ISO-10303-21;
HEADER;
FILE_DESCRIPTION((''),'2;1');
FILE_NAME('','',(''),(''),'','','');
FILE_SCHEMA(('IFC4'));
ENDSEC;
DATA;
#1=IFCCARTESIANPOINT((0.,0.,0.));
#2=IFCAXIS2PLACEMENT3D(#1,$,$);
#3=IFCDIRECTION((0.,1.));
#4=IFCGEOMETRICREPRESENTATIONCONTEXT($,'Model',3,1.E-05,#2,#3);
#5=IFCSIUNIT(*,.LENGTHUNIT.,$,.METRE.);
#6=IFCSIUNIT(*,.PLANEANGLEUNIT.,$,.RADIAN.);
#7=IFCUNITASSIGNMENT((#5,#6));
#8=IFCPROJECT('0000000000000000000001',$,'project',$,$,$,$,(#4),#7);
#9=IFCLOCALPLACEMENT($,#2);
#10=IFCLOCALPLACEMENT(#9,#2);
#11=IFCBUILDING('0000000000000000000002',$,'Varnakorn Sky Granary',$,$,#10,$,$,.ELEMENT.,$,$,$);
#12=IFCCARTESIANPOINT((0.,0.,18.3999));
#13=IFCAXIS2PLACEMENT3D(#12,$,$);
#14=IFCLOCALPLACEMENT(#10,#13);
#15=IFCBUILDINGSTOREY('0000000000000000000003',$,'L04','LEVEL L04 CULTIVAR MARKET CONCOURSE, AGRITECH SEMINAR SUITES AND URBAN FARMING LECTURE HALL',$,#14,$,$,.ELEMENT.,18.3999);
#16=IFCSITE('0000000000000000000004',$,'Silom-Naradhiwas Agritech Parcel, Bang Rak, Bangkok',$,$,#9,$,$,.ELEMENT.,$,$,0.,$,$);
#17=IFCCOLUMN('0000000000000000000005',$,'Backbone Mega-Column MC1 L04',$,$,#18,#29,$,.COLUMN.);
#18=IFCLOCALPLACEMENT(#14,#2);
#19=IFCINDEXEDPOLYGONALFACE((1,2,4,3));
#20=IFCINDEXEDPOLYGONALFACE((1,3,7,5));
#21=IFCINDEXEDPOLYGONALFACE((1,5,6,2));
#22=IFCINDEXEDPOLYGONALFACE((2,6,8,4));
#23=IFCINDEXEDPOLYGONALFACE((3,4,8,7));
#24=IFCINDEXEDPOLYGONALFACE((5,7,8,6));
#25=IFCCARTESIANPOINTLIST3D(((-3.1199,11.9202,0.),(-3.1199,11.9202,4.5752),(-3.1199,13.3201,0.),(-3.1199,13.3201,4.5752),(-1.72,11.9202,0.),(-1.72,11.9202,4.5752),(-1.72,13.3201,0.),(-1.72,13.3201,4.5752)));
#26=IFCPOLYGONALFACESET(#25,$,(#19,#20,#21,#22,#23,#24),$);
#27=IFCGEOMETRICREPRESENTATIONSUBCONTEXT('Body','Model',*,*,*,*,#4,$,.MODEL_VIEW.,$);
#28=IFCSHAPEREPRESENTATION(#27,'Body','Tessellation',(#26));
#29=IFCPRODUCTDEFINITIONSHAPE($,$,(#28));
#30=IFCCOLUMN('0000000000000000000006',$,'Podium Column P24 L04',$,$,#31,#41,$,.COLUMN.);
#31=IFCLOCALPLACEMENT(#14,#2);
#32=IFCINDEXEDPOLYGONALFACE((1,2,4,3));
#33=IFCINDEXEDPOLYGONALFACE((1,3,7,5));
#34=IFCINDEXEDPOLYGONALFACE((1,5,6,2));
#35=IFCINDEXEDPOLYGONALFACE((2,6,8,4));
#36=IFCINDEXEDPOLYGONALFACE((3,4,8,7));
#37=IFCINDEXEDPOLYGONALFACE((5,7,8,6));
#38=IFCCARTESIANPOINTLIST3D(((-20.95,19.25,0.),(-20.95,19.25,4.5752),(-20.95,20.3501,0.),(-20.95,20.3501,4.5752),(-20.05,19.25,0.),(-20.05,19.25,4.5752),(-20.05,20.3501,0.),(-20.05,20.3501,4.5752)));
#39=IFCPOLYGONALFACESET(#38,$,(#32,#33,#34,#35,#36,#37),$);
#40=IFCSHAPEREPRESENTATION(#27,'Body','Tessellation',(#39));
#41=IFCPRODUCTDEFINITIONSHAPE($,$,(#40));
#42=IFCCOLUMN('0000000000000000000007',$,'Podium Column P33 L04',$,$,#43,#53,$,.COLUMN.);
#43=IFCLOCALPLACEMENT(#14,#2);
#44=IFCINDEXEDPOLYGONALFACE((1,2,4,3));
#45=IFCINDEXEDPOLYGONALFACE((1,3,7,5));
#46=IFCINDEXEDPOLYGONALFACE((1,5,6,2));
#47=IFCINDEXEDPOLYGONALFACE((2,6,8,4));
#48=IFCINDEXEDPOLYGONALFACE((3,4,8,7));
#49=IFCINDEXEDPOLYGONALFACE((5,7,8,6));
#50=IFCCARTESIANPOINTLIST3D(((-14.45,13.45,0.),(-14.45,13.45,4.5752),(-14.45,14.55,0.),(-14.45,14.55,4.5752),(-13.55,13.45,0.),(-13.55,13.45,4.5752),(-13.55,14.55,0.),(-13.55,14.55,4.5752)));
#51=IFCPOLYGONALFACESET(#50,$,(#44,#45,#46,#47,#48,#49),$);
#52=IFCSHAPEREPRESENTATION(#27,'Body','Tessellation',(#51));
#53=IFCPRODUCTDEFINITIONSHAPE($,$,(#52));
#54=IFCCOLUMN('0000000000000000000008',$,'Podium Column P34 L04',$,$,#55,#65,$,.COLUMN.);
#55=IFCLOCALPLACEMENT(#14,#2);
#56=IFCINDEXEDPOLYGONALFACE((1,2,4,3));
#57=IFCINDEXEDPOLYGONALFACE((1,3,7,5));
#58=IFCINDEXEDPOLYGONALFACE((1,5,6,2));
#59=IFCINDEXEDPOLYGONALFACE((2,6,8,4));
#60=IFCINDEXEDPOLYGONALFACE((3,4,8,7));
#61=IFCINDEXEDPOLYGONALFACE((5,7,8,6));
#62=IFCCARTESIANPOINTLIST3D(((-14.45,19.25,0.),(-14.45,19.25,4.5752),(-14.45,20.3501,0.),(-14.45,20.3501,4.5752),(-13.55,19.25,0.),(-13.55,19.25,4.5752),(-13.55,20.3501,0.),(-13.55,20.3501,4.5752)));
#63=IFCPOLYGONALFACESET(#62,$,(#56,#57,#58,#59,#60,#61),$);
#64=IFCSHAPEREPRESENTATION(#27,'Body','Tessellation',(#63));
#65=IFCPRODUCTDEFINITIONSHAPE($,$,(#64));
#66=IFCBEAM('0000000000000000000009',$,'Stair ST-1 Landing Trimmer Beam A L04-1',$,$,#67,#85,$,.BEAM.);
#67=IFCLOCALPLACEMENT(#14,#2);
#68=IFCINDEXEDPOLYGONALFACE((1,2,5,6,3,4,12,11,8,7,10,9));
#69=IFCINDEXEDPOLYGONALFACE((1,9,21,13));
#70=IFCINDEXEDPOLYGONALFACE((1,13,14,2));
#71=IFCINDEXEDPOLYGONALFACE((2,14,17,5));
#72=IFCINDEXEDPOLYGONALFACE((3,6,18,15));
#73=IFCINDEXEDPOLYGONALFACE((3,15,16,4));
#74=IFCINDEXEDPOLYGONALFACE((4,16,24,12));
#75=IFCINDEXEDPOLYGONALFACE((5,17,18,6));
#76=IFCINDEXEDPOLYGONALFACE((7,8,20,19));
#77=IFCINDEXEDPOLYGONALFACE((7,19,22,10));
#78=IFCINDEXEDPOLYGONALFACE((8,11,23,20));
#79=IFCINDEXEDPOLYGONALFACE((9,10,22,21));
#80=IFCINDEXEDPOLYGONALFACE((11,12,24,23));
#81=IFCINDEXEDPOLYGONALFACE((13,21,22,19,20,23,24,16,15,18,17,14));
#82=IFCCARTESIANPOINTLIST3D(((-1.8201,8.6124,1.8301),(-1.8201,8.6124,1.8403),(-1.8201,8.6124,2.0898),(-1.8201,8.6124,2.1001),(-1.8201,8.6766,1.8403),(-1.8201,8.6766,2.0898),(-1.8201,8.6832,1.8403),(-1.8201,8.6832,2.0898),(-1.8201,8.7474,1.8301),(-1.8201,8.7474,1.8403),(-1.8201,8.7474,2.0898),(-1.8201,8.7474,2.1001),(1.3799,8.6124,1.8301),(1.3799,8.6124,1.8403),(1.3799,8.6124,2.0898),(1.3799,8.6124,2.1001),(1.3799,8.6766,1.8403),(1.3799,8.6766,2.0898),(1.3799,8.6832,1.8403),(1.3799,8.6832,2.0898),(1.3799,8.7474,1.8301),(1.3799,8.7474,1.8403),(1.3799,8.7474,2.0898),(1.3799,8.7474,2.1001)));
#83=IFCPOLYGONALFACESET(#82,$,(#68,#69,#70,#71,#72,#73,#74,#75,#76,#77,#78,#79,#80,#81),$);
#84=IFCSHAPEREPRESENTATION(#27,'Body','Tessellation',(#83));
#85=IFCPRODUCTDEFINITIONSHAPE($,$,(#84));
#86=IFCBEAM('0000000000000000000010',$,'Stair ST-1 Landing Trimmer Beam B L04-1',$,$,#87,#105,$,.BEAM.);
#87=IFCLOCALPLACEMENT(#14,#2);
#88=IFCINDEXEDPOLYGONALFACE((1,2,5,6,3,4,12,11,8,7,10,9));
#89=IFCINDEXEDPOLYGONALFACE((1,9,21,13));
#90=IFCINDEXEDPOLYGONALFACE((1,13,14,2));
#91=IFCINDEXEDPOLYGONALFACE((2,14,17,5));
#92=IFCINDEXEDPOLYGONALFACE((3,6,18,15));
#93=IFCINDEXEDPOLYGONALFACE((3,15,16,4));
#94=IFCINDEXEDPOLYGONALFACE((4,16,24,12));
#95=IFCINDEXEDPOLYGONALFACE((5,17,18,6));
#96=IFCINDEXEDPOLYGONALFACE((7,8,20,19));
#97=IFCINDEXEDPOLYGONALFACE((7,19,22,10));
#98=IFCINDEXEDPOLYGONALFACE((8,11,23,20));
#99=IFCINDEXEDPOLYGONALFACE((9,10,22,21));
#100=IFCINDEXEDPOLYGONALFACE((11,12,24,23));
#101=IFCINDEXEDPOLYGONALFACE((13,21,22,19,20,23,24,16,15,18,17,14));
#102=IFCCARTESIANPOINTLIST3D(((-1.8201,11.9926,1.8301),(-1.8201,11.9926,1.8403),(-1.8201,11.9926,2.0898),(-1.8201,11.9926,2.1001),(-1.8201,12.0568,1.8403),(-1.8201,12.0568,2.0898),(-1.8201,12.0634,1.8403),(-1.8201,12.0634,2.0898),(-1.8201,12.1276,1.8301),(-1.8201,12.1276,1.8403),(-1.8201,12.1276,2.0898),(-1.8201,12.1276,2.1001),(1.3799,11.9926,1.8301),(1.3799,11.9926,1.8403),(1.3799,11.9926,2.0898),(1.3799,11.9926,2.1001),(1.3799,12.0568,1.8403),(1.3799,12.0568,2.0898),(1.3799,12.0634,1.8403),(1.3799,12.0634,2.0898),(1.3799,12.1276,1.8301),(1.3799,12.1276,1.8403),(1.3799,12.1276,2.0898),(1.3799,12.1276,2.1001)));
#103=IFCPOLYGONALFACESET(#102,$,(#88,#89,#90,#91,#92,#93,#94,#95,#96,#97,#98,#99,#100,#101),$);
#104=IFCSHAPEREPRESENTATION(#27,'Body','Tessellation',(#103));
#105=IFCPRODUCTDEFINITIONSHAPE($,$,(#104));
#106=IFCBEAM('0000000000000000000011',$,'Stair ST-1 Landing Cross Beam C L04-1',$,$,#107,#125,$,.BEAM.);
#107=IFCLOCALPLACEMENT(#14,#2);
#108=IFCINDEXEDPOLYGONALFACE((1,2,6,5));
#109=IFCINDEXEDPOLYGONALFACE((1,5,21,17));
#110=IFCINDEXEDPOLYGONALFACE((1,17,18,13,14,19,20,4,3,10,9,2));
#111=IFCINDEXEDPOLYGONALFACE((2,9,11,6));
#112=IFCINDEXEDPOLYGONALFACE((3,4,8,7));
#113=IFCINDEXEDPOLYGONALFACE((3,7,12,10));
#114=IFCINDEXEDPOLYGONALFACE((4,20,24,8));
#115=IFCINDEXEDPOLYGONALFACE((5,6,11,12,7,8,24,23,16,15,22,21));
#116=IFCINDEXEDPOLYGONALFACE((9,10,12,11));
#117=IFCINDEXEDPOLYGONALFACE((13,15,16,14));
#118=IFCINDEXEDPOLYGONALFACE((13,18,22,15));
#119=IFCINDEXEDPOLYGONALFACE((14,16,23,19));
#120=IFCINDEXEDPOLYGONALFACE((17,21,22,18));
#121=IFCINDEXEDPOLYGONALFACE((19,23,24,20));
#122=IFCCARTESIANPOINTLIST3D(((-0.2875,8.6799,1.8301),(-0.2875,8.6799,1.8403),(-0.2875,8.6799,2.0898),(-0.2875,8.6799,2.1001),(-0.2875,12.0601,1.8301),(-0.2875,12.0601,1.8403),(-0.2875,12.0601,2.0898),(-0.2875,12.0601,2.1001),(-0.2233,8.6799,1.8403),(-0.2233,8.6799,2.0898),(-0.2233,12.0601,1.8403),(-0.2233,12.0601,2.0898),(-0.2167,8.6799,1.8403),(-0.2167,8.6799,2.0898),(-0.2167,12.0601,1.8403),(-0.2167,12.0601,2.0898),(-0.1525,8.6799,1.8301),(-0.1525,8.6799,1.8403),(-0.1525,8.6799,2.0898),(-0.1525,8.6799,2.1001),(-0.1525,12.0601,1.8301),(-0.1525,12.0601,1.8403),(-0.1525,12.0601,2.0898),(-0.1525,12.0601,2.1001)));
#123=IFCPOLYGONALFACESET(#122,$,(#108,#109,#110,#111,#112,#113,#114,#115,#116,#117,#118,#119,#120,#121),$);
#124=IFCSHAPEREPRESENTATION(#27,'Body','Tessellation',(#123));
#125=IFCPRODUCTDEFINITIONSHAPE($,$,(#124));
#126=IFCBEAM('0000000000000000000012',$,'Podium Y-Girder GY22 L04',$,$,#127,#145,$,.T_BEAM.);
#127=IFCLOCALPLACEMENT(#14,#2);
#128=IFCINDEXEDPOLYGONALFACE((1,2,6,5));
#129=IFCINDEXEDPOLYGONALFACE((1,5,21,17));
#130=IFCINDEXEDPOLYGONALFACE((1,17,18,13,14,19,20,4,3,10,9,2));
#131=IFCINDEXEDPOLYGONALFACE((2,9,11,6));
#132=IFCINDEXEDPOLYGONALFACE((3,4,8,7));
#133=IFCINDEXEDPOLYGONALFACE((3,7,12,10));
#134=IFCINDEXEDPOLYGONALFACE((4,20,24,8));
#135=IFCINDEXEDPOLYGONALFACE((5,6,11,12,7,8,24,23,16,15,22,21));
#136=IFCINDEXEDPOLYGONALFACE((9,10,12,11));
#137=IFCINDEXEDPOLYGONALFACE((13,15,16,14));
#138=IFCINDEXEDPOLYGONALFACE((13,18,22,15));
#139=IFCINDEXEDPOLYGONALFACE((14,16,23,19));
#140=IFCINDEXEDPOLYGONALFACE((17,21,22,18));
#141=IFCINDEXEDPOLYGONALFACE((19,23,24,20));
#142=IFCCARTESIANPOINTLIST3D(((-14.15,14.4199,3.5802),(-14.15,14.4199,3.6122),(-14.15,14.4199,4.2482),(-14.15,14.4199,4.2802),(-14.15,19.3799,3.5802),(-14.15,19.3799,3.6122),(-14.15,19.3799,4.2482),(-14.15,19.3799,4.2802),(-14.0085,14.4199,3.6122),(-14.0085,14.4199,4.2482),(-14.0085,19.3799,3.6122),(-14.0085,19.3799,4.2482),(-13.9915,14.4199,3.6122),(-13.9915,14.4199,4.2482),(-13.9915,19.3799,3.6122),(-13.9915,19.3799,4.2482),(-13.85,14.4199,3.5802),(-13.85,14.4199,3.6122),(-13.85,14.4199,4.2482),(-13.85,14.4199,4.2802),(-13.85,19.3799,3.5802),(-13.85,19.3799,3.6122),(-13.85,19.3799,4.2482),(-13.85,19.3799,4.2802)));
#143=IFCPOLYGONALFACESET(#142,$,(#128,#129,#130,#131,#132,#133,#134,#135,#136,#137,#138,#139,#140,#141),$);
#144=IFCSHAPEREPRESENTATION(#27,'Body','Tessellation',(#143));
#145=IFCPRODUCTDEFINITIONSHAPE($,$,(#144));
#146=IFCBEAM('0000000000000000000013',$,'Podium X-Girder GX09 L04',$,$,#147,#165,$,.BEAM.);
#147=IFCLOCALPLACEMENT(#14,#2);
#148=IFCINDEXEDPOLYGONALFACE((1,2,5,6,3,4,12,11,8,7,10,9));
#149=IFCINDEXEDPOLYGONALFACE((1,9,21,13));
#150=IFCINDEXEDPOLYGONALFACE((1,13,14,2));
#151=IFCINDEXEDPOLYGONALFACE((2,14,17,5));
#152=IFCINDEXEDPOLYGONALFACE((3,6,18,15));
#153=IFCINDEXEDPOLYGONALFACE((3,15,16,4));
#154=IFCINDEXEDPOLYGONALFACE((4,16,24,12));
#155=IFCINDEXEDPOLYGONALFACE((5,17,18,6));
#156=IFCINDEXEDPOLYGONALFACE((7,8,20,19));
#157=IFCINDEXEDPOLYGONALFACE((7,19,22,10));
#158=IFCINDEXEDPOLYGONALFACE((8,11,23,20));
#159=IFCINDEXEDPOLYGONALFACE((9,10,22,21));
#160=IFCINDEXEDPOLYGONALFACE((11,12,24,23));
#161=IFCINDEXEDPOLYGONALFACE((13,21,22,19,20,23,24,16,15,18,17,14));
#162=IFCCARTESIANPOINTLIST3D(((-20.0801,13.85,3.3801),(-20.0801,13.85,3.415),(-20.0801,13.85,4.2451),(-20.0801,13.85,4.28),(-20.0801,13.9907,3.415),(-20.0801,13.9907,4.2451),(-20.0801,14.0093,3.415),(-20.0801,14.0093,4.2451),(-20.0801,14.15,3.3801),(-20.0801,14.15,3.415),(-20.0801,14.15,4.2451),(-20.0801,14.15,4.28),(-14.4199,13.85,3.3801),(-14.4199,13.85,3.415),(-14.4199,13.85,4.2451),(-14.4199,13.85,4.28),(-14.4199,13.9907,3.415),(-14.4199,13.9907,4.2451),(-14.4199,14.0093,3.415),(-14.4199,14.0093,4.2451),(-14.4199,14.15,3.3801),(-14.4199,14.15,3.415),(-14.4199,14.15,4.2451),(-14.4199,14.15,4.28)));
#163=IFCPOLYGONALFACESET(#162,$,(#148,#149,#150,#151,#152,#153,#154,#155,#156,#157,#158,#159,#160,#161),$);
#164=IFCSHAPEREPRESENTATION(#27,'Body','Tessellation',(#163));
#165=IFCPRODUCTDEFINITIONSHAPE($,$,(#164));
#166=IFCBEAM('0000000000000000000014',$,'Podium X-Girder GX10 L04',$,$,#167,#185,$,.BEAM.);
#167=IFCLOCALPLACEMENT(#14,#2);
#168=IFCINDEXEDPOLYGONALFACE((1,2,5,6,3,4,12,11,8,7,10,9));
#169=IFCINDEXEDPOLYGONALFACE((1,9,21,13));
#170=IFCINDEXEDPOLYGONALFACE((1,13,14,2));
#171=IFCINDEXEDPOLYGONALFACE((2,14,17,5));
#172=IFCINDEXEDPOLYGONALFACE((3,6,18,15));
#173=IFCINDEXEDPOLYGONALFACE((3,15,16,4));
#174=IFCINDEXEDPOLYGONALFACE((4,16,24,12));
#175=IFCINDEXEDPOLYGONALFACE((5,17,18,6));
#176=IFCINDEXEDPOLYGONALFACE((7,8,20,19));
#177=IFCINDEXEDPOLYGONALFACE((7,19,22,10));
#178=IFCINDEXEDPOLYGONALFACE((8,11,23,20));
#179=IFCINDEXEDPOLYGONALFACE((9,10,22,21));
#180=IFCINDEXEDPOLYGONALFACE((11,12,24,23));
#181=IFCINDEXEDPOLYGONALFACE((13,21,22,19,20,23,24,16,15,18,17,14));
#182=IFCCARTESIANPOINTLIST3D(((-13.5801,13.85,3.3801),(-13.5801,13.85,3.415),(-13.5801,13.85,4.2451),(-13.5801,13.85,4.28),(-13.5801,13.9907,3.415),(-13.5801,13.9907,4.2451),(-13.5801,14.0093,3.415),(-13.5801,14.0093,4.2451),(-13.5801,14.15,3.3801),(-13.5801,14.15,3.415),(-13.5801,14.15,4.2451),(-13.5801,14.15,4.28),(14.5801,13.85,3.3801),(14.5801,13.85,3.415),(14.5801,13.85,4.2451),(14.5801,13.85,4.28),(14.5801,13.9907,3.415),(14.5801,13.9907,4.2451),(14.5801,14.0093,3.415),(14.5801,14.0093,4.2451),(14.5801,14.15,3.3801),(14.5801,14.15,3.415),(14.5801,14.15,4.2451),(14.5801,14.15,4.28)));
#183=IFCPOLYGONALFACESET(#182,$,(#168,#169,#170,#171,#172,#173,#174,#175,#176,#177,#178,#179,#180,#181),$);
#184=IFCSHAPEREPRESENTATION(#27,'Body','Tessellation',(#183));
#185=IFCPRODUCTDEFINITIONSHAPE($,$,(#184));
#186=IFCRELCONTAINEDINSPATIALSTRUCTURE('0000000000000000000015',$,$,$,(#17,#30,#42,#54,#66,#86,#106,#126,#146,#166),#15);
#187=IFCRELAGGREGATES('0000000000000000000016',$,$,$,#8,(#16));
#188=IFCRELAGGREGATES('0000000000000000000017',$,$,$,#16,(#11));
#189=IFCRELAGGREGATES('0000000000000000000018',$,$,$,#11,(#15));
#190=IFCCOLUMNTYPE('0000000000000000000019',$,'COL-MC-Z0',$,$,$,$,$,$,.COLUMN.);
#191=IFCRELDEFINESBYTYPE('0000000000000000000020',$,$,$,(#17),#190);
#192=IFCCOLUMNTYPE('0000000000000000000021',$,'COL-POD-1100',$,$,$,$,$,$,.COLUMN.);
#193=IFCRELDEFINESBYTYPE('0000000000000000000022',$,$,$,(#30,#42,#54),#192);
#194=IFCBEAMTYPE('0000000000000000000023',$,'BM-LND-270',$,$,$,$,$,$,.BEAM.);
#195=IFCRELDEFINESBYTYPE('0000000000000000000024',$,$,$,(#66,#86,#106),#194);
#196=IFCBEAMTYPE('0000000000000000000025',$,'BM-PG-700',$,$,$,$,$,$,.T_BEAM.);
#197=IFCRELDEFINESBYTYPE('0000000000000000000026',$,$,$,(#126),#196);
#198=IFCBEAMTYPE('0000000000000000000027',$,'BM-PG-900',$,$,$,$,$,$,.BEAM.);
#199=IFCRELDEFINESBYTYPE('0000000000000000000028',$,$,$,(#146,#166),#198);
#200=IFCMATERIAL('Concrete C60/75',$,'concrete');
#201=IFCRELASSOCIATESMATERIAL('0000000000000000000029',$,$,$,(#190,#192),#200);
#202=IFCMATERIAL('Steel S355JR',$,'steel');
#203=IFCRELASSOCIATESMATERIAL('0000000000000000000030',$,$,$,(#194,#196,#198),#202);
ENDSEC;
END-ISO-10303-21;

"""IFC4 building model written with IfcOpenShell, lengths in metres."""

from ifc_helpers import new_model, si_unit, direction, frame, origin, origin_2d, place, context, subcontext, project, spatial, rectangle, i_section, extrude, material, material_profile, profile_set, type_object, element, save


model = new_model("IFC4")

# Units and contexts
model_context = context("Model", 3, precision=1e-05, world=origin(), true_north=direction((0.0, 1.0)))
body_context = subcontext(model_context, "Body", "Model", "MODEL_VIEW")
ifc_project = project(units=[si_unit("LENGTHUNIT", "METRE"), si_unit("PLANEANGLEUNIT", "RADIAN")], contexts=[model_context])

# Site, building, storey
site_placement = place(None, origin())
site = spatial("IfcSite", under=ifc_project, at=site_placement, Name="Silom-Naradhiwas Agritech Parcel, Bang Rak, Bangkok", CompositionType="ELEMENT", RefElevation=0.0)
building_placement = place(site_placement, origin())
building = spatial("IfcBuilding", under=site, at=building_placement, Name="Varnakorn Sky Granary", CompositionType="ELEMENT")
storey_placement = place(building_placement, frame((0.0, 0.0, 18.3999)))
storey = spatial("IfcBuildingStorey", under=building, at=storey_placement, Name="L04", Description="LEVEL L04 CULTIVAR MARKET CONCOURSE, AGRITECH SEMINAR SUITES AND URBAN FARMING LECTURE HALL", CompositionType="ELEMENT", Elevation=18.3999)

# Columns
ifc_material_1 = material(Name="Concrete C60/75", Category="concrete")
ifc_material_profile_1 = material_profile(ifc_material_1, rectangle(XDim=1.3999, YDim=1.3999, at=origin_2d()), Name="RC 1400x1400")
ifc_profile_set_1 = profile_set([ifc_material_profile_1], Name="Concrete C60/75")
column_type_1 = type_object("IfcColumnType", Name="COL-MC-Z0", PredefinedType="COLUMN", material=ifc_profile_set_1)
column_placement = place(storey_placement, frame((-2.4199, 12.6201, 0.0), z_axis=(0.0, 0.0, 1.0), x_axis=(1.0, 0.0, 0.0)))
element("IfcColumn", 1, at=column_placement, inside=storey, type_object=column_type_1, Name="Backbone Mega-Column MC1 L04", PredefinedType="COLUMN", context=body_context, shape_type="SweptSolid", body=[
    extrude(rectangle(XDim=1.3999, YDim=1.3999, at=origin_2d()), origin(), (0.0, 0.0, 1.0), 4.5752),
])
ifc_material_profile_2 = material_profile(ifc_material_1, rectangle(XDim=0.8999, YDim=1.1001, at=origin_2d()), Name="RC 900x1100")
ifc_profile_set_2 = profile_set([ifc_material_profile_2], Name="Concrete C60/75")
column_type_2 = type_object("IfcColumnType", Name="COL-POD-1100", PredefinedType="COLUMN", material=ifc_profile_set_2)
for number, where, z_axis, x_axis, name in (
    (2, (-20.5, 19.8, 0.0), (0.0, 0.0, 1.0), (1.0, 0.0, 0.0), "Podium Column P24 L04"),
    (3, (-14.0, 14.0, 0.0), (0.0, 0.0, 1.0), (1.0, 0.0, 0.0), "Podium Column P33 L04"),
    (4, (-14.0, 19.8, 0.0), (0.0, 0.0, 1.0), (1.0, 0.0, 0.0), "Podium Column P34 L04"),
):
    element("IfcColumn", number, at=place(storey_placement, frame(where, z_axis=z_axis, x_axis=x_axis)), inside=storey, type_object=column_type_2, Name=name, PredefinedType="COLUMN", context=body_context, shape_type="SweptSolid", body=[
        extrude(rectangle(XDim=0.8999, YDim=1.1001, at=origin_2d()), origin(), (0.0, 0.0, 1.0), 4.5752),
    ])

# Beams
ifc_material_2 = material(Name="Steel S355JR", Category="steel")
ifc_material_profile_3 = material_profile(ifc_material_2, i_section(OverallWidth=0.135, OverallDepth=0.27, WebThickness=0.0066, FlangeThickness=0.0103, at=origin_2d()), Name="IPE 270")
ifc_profile_set_3 = profile_set([ifc_material_profile_3], Name="Steel S355JR")
beam_type_1 = type_object("IfcBeamType", Name="BM-LND-270", PredefinedType="BEAM", material=ifc_profile_set_3)
for number, where, z_axis, x_axis, name in (
    (5, (-1.8201, 8.6799, 1.9651), (1.0, 0.0, 0.0), (0.0, 1.0, 0.0), "Stair ST-1 Landing Trimmer Beam A L04-1"),
    (6, (-1.8201, 12.0601, 1.9651), (1.0, 0.0, 0.0), (0.0, 1.0, 0.0), "Stair ST-1 Landing Trimmer Beam B L04-1"),
):
    element("IfcBeam", number, at=place(storey_placement, frame(where, z_axis=z_axis, x_axis=x_axis)), inside=storey, type_object=beam_type_1, Name=name, PredefinedType="BEAM", context=body_context, shape_type="SweptSolid", body=[
        extrude(i_section(OverallWidth=0.135, OverallDepth=0.27, WebThickness=0.0066, FlangeThickness=0.0103, at=origin_2d()), origin(), (0.0, 0.0, 1.0), 3.2),
    ])
beam_1_placement = place(storey_placement, frame((-0.22, 8.6799, 1.9651), z_axis=(0.0, 1.0, 0.0), x_axis=(-1.0, 0.0, 0.0)))
element("IfcBeam", 7, at=beam_1_placement, inside=storey, type_object=beam_type_1, Name="Stair ST-1 Landing Cross Beam C L04-1", PredefinedType="BEAM", context=body_context, shape_type="SweptSolid", body=[
    extrude(i_section(OverallWidth=0.135, OverallDepth=0.27, WebThickness=0.0066, FlangeThickness=0.0103, at=origin_2d()), origin(), (0.0, 0.0, 1.0), 3.3801),
])
ifc_material_profile_4 = material_profile(ifc_material_2, i_section(OverallWidth=0.3, OverallDepth=0.7, WebThickness=0.0171, FlangeThickness=0.032, at=origin_2d()), Name="HE 700 B")
ifc_profile_set_4 = profile_set([ifc_material_profile_4], Name="Steel S355JR")
beam_type_2 = type_object("IfcBeamType", Name="BM-PG-700", PredefinedType="T_BEAM", material=ifc_profile_set_4)
beam_2_placement = place(storey_placement, frame((-14.0, 14.4199, 3.9302), z_axis=(0.0, 1.0, 0.0), x_axis=(-1.0, 0.0, 0.0)))
element("IfcBeam", 8, at=beam_2_placement, inside=storey, type_object=beam_type_2, Name="Podium Y-Girder GY22 L04", PredefinedType="T_BEAM", context=body_context, shape_type="SweptSolid", body=[
    extrude(i_section(OverallWidth=0.3, OverallDepth=0.7, WebThickness=0.0171, FlangeThickness=0.032, at=origin_2d()), origin(), (0.0, 0.0, 1.0), 4.96),
])
ifc_material_profile_5 = material_profile(ifc_material_2, i_section(OverallWidth=0.3, OverallDepth=0.8999, WebThickness=0.0186, FlangeThickness=0.0349, at=origin_2d()), Name="HE 900 B")
ifc_profile_set_5 = profile_set([ifc_material_profile_5], Name="Steel S355JR")
beam_type_3 = type_object("IfcBeamType", Name="BM-PG-900", PredefinedType="BEAM", material=ifc_profile_set_5)
beam_3_placement = place(storey_placement, frame((-20.0801, 14.0, 3.8301), z_axis=(1.0, 0.0, 0.0), x_axis=(0.0, 1.0, 0.0)))
element("IfcBeam", 9, at=beam_3_placement, inside=storey, type_object=beam_type_3, Name="Podium X-Girder GX09 L04", PredefinedType="BEAM", context=body_context, shape_type="SweptSolid", body=[
    extrude(i_section(OverallWidth=0.3, OverallDepth=0.8999, WebThickness=0.0186, FlangeThickness=0.0349, at=origin_2d()), origin(), (0.0, 0.0, 1.0), 5.6602),
])
beam_4_placement = place(storey_placement, frame((-13.5801, 14.0, 3.8301), z_axis=(1.0, 0.0, 0.0), x_axis=(0.0, 1.0, 0.0)))
element("IfcBeam", 10, at=beam_4_placement, inside=storey, type_object=beam_type_3, Name="Podium X-Girder GX10 L04", PredefinedType="BEAM", context=body_context, shape_type="SweptSolid", body=[
    extrude(i_section(OverallWidth=0.3, OverallDepth=0.8999, WebThickness=0.0186, FlangeThickness=0.0349, at=origin_2d()), origin(), (0.0, 0.0, 1.0), 28.1602),
])

save(model, "model.ifc")
